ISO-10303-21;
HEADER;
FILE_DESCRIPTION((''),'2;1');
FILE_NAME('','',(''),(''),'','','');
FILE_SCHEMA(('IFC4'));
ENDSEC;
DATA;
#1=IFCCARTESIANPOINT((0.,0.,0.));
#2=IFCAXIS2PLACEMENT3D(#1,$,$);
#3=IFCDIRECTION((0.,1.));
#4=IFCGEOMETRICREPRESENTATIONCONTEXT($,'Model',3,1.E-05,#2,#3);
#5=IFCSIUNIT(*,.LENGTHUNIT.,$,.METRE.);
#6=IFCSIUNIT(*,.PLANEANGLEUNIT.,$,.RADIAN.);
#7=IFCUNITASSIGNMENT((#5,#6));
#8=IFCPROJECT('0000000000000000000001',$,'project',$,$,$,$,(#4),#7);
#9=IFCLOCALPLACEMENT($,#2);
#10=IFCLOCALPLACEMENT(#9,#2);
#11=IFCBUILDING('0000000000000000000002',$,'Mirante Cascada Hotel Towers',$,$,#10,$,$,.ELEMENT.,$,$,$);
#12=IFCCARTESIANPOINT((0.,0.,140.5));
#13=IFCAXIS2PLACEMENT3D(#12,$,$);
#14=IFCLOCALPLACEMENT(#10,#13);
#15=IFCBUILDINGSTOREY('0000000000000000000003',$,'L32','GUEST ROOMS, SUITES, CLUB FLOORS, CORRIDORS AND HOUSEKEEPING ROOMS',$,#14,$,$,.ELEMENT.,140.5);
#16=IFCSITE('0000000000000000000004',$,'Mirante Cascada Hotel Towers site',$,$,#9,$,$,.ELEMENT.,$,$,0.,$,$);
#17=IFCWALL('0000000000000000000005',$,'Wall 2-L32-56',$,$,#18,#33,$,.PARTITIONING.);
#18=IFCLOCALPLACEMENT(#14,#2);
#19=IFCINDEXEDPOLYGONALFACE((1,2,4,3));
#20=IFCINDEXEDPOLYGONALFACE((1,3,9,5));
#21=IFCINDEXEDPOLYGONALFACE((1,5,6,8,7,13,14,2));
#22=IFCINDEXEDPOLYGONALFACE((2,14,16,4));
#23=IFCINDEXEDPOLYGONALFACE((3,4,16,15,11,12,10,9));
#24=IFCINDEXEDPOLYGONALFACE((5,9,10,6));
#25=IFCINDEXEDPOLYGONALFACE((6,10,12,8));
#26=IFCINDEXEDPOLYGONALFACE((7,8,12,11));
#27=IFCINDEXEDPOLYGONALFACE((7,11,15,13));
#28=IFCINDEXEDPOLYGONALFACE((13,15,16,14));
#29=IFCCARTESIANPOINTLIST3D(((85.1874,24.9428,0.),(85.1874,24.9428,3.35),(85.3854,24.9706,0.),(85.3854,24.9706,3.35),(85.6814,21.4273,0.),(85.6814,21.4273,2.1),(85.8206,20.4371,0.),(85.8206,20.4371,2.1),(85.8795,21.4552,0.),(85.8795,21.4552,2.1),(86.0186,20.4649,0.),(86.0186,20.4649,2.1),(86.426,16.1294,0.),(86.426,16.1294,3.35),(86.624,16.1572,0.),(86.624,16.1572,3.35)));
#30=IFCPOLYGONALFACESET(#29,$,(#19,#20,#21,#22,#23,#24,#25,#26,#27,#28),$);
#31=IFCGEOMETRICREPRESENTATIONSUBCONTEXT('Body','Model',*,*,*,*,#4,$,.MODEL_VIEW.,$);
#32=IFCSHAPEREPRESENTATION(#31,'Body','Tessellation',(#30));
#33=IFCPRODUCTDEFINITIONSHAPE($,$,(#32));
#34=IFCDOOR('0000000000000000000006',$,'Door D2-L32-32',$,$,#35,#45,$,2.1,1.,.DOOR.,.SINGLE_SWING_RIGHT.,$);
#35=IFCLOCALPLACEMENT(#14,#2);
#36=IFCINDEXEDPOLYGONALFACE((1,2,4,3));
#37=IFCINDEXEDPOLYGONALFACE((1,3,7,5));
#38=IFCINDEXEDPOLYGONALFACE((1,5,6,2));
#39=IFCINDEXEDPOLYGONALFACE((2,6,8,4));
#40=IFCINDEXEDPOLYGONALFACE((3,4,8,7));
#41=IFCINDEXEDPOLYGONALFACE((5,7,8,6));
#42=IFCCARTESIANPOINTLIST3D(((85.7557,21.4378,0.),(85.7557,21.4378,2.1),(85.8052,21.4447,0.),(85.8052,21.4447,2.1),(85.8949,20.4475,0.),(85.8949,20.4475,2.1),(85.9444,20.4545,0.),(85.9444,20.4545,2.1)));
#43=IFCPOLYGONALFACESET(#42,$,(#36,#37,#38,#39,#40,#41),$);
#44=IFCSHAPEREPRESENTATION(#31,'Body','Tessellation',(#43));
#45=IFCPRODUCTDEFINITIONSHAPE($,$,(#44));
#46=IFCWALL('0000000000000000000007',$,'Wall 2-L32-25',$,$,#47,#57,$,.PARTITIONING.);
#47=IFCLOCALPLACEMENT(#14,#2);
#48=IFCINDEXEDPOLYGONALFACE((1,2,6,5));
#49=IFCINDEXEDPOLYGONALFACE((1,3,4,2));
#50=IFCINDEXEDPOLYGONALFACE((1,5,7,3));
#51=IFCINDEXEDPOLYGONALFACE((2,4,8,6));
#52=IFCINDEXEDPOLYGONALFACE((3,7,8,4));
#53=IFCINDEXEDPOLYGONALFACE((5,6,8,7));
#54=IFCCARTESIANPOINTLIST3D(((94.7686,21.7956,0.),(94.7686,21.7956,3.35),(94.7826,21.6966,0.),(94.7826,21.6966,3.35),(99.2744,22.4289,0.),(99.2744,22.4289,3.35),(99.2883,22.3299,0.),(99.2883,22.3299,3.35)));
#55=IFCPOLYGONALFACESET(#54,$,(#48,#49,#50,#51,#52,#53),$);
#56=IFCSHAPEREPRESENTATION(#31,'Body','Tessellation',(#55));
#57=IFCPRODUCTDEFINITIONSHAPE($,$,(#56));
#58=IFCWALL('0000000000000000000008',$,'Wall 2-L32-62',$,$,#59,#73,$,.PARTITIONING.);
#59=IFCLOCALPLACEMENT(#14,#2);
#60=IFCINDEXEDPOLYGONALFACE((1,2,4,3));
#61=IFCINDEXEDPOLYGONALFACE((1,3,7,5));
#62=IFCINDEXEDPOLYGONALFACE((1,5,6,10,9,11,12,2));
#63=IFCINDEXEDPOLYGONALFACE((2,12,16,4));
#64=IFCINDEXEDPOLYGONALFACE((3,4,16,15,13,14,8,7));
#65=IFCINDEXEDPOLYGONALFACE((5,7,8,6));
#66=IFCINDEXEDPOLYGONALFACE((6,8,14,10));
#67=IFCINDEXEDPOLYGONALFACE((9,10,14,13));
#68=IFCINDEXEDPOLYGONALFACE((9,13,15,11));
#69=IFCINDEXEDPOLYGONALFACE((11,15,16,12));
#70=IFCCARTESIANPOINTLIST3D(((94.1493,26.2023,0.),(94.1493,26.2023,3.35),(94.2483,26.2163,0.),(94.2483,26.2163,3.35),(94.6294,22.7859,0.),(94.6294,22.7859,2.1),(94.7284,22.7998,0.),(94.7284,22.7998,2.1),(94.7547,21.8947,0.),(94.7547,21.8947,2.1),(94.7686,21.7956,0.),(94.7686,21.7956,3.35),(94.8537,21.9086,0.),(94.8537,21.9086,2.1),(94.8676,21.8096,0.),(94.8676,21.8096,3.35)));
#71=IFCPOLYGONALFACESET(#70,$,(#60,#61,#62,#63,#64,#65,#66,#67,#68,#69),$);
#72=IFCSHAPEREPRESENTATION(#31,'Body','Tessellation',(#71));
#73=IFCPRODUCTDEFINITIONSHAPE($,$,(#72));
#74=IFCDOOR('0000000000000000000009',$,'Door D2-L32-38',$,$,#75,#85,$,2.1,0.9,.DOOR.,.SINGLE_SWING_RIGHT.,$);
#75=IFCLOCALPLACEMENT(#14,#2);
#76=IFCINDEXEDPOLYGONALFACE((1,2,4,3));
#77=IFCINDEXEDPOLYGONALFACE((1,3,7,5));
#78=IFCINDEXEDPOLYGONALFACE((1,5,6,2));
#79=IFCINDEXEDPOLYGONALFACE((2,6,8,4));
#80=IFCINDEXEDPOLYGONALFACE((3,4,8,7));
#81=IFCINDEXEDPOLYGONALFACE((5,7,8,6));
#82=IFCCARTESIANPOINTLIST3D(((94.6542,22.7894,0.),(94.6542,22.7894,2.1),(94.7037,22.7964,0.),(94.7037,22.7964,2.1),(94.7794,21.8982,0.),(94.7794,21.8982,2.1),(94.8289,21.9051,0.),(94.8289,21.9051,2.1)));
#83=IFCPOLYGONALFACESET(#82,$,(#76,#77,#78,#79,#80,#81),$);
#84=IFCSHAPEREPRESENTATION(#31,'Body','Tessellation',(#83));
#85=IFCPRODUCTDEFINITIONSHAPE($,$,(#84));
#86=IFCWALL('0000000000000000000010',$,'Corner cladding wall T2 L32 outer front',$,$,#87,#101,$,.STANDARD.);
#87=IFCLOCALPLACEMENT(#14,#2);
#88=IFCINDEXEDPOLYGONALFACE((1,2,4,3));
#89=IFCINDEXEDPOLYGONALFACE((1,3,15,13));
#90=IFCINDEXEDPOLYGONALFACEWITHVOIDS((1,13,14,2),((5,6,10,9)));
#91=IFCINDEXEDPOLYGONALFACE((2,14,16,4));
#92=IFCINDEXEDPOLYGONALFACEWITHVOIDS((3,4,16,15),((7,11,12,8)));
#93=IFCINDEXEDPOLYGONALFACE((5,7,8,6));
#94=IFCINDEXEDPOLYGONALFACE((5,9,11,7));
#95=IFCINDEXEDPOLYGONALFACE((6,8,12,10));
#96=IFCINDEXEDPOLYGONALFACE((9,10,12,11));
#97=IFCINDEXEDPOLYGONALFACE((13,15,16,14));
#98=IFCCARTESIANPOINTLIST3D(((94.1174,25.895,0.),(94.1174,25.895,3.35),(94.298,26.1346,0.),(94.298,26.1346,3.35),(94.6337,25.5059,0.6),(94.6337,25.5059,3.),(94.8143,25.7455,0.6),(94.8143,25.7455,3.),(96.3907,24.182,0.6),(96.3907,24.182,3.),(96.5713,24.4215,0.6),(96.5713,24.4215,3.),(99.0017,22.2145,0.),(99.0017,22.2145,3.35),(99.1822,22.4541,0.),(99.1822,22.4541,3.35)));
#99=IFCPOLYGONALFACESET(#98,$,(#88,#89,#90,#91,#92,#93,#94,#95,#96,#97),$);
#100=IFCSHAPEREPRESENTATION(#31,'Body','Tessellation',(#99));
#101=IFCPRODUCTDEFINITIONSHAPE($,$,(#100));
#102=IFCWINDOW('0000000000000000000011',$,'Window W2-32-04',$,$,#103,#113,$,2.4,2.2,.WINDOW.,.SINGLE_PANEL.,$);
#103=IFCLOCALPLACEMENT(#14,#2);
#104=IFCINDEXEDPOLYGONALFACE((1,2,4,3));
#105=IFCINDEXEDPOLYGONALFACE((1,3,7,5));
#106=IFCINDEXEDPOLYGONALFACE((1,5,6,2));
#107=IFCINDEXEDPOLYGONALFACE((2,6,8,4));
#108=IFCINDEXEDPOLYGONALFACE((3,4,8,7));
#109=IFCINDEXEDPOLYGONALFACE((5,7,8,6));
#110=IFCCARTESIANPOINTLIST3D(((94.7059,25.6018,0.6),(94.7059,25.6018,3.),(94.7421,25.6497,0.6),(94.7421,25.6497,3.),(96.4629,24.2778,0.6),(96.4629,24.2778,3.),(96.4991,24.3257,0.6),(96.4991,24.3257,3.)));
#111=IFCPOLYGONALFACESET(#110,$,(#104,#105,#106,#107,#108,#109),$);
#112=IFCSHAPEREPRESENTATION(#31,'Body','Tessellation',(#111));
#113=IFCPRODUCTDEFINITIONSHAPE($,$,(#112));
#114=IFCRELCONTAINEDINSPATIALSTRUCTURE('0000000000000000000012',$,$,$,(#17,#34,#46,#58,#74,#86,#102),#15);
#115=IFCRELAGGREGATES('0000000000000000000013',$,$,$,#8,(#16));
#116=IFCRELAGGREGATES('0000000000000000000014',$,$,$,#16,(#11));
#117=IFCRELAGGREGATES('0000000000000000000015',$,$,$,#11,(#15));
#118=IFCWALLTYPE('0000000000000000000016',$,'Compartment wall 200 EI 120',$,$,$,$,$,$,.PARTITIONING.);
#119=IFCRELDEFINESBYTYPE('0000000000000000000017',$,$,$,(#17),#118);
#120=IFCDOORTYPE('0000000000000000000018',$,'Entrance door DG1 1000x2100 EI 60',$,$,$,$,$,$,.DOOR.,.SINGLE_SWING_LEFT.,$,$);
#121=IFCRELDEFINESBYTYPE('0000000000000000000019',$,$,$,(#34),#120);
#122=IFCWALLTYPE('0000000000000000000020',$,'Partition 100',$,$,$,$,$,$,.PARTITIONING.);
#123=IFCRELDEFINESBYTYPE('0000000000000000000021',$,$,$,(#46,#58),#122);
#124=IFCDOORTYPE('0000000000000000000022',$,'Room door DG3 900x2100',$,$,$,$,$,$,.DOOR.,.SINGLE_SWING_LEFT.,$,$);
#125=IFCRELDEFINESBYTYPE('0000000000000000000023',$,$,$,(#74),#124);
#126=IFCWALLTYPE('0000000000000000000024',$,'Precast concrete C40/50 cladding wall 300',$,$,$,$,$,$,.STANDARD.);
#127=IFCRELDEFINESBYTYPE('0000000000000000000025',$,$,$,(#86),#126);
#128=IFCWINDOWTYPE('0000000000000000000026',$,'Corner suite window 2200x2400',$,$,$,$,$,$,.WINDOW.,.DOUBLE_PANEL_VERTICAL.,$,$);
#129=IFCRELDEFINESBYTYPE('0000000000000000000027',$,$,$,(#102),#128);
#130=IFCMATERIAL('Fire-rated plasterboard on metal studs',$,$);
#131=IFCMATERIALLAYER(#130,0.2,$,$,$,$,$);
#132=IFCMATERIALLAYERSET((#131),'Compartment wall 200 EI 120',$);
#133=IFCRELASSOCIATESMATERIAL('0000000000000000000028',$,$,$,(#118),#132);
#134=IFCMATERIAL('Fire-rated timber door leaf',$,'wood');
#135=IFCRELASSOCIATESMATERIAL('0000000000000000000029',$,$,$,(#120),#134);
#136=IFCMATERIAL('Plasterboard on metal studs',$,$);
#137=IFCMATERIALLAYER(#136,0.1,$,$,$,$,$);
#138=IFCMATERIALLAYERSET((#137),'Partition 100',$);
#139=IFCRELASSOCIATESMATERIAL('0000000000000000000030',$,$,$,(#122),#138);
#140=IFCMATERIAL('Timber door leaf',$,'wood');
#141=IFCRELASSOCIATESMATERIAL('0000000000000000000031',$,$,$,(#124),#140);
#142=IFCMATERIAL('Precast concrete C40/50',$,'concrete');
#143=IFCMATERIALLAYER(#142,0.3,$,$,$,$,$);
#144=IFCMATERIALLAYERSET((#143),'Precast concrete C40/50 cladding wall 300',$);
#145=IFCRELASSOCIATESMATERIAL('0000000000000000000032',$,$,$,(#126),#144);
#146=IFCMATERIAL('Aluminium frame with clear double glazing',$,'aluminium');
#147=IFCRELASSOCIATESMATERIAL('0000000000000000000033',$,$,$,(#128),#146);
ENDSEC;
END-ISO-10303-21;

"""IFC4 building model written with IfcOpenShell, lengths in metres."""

from ifc_helpers import new_model, si_unit, direction, frame, frame_2d, origin, place, context, subcontext, project, spatial, rectangle, extrude, material, layer, layer_set, type_object, element, fill, save


model = new_model("IFC4")

# Units and contexts
model_context = context("Model", 3, precision=1e-05, world=origin(), true_north=direction((0.0, 1.0)))
body_context = subcontext(model_context, "Body", "Model", "MODEL_VIEW")
ifc_project = project(units=[si_unit("LENGTHUNIT", "METRE"), si_unit("PLANEANGLEUNIT", "RADIAN")], contexts=[model_context])

# Site, building, storey
site_placement = place(None, origin())
site = spatial("IfcSite", under=ifc_project, at=site_placement, Name="Mirante Cascada Hotel Towers site", CompositionType="ELEMENT", RefElevation=0.0)
building_placement = place(site_placement, origin())
building = spatial("IfcBuilding", under=site, at=building_placement, Name="Mirante Cascada Hotel Towers", CompositionType="ELEMENT")
storey_placement = place(building_placement, frame((0.0, 0.0, 140.5)))
storey = spatial("IfcBuildingStorey", under=building, at=storey_placement, Name="L32", Description="GUEST ROOMS, SUITES, CLUB FLOORS, CORRIDORS AND HOUSEKEEPING ROOMS", CompositionType="ELEMENT", Elevation=140.5)

# Shared definitions
ifc_material_1 = material(Name="Fire-rated plasterboard on metal studs")
ifc_layer_1 = layer(ifc_material_1, 0.2)
ifc_layer_set_1 = layer_set([ifc_layer_1], Name="Compartment wall 200 EI 120")
wall_type_1 = type_object("IfcWallType", Name="Compartment wall 200 EI 120", PredefinedType="PARTITIONING", material=ifc_layer_set_1)

# Wall, opening, door
wall_1_placement = place(storey_placement, frame((85.2864, 24.9567, 0.0), z_axis=(0.0, 0.0, 1.0), x_axis=(0.139168, -0.990269, 0.0)))
wall_1 = element("IfcWall", 1, at=wall_1_placement, inside=storey, type_object=wall_type_1, Name="Wall 2-L32-56", PredefinedType="PARTITIONING", context=body_context, shape_type="SweptSolid", body=[
    extrude(rectangle(XDim=8.9, YDim=0.2, at=frame_2d((4.45, 0.0))), origin(), (0.0, 0.0, 1.0), 3.35),
])
opening_1_placement = place(wall_1_placement, frame((3.55, 0.0, 0.0)))
opening_1 = element("IfcOpeningElement", 2, at=opening_1_placement, cuts=wall_1, PredefinedType="OPENING", context=body_context, shape_type="SweptSolid", body=[
    extrude(rectangle(XDim=1.0, YDim=2.1, at=frame_2d((0.5, 1.05))), frame((0.0, 0.1, 0.0), z_axis=(0.0, -1.0, 0.0), x_axis=(1.0, 0.0, 0.0)), (0.0, 0.0, 1.0), 0.2),
])
ifc_material_2 = material(Name="Fire-rated timber door leaf", Category="wood")
door_type_1 = type_object("IfcDoorType", Name="Entrance door DG1 1000x2100 EI 60", OperationType="SINGLE_SWING_LEFT", PredefinedType="DOOR", material=ifc_material_2)
door_1_placement = place(opening_1_placement, frame((1.0, 0.0, 0.0), z_axis=(0.0, 0.0, 1.0), x_axis=(-1.0, 0.0, 0.0)))
door_1 = element("IfcDoor", 3, at=door_1_placement, inside=storey, type_object=door_type_1, Name="Door D2-L32-32", OperationType="SINGLE_SWING_RIGHT", OverallHeight=2.1, OverallWidth=1.0, PredefinedType="DOOR", context=body_context, shape_type="SweptSolid", body=[
    extrude(rectangle(XDim=1.0, YDim=2.1, at=frame_2d((0.5, 1.05))), frame((0.0, 0.025, 0.0), z_axis=(0.0, -1.0, 0.0), x_axis=(1.0, 0.0, 0.0)), (0.0, 0.0, 1.0), 0.05),
])
fill(opening_1, door_1)

# Wall
ifc_material_3 = material(Name="Plasterboard on metal studs")
ifc_layer_2 = layer(ifc_material_3, 0.1)
ifc_layer_set_2 = layer_set([ifc_layer_2], Name="Partition 100")
wall_type_2 = type_object("IfcWallType", Name="Partition 100", PredefinedType="PARTITIONING", material=ifc_layer_set_2)
wall_2_placement = place(storey_placement, frame((94.7756, 21.7461, 0.0), z_axis=(0.0, 0.0, 1.0), x_axis=(0.990266, 0.139187, 0.0)))
element("IfcWall", 4, at=wall_2_placement, inside=storey, type_object=wall_type_2, Name="Wall 2-L32-25", PredefinedType="PARTITIONING", context=body_context, shape_type="SweptSolid", body=[
    extrude(rectangle(XDim=4.55, YDim=0.1, at=frame_2d((2.275, 0.0))), origin(), (0.0, 0.0, 1.0), 3.35),
])

# Wall, opening, door
wall_3_placement = place(storey_placement, frame((94.1988, 26.2093, 0.0), z_axis=(0.0, 0.0, 1.0), x_axis=(0.139168, -0.990269, 0.0)))
wall_3 = element("IfcWall", 5, at=wall_3_placement, inside=storey, type_object=wall_type_2, Name="Wall 2-L32-62", PredefinedType="PARTITIONING", context=body_context, shape_type="SweptSolid", body=[
    extrude(rectangle(XDim=4.45, YDim=0.1, at=frame_2d((2.225, 0.0))), origin(), (0.0, 0.0, 1.0), 3.35),
])
opening_2_placement = place(wall_3_placement, frame((3.45, 0.0, 0.0)))
opening_2 = element("IfcOpeningElement", 6, at=opening_2_placement, cuts=wall_3, PredefinedType="OPENING", context=body_context, shape_type="SweptSolid", body=[
    extrude(rectangle(XDim=0.9, YDim=2.1, at=frame_2d((0.45, 1.05))), frame((0.0, 0.05, 0.0), z_axis=(0.0, -1.0, 0.0), x_axis=(1.0, 0.0, 0.0)), (0.0, 0.0, 1.0), 0.1),
])
ifc_material_4 = material(Name="Timber door leaf", Category="wood")
door_type_2 = type_object("IfcDoorType", Name="Room door DG3 900x2100", OperationType="SINGLE_SWING_LEFT", PredefinedType="DOOR", material=ifc_material_4)
door_2_placement = place(opening_2_placement, frame((0.9, 0.0, 0.0), z_axis=(0.0, 0.0, 1.0), x_axis=(-1.0, 0.0, 0.0)))
door_2 = element("IfcDoor", 7, at=door_2_placement, inside=storey, type_object=door_type_2, Name="Door D2-L32-38", OperationType="SINGLE_SWING_RIGHT", OverallHeight=2.1, OverallWidth=0.9, PredefinedType="DOOR", context=body_context, shape_type="SweptSolid", body=[
    extrude(rectangle(XDim=0.9, YDim=2.1, at=frame_2d((0.45, 1.05))), frame((0.0, 0.025, 0.0), z_axis=(0.0, -1.0, 0.0), x_axis=(1.0, 0.0, 0.0)), (0.0, 0.0, 1.0), 0.05),
])
fill(opening_2, door_2)

# Wall, opening, window
ifc_material_5 = material(Name="Precast concrete C40/50", Category="concrete")
ifc_layer_3 = layer(ifc_material_5, 0.3)
ifc_layer_set_3 = layer_set([ifc_layer_3], Name="Precast concrete C40/50 cladding wall 300")
wall_type_3 = type_object("IfcWallType", Name="Precast concrete C40/50 cladding wall 300", PredefinedType="STANDARD", material=ifc_layer_set_3)
wall_4_placement = place(storey_placement, frame((99.0919, 22.3343, 0.0), z_axis=(0.0, 0.0, 1.0), x_axis=(-0.798636, 0.601814, 0.0)))
wall_4 = element("IfcWall", 8, at=wall_4_placement, inside=storey, type_object=wall_type_3, Name="Corner cladding wall T2 L32 outer front", PredefinedType="STANDARD", context=body_context, shape_type="SweptSolid", body=[
    extrude(rectangle(XDim=6.1157, YDim=0.3, at=frame_2d((3.0578, 0.0))), origin(), (0.0, 0.0, 1.0), 3.35),
])
opening_3_placement = place(wall_4_placement, frame((3.2692, 0.0, 0.6)))
opening_3 = element("IfcOpeningElement", 9, at=opening_3_placement, cuts=wall_4, PredefinedType="OPENING", context=body_context, shape_type="SweptSolid", body=[
    extrude(rectangle(XDim=2.2, YDim=2.4, at=frame_2d((1.1, 1.2))), frame((0.0, 0.15, 0.0), z_axis=(0.0, -1.0, 0.0), x_axis=(1.0, 0.0, 0.0)), (0.0, 0.0, 1.0), 0.3),
])
ifc_material_6 = material(Name="Aluminium frame with clear double glazing", Category="aluminium")
window_type = type_object("IfcWindowType", Name="Corner suite window 2200x2400", PartitioningType="DOUBLE_PANEL_VERTICAL", PredefinedType="WINDOW", material=ifc_material_6)
window_placement = place(opening_3_placement, origin())
window = element("IfcWindow", 10, at=window_placement, inside=storey, type_object=window_type, Name="Window W2-32-04", OverallHeight=2.4, OverallWidth=2.2, PartitioningType="SINGLE_PANEL", PredefinedType="WINDOW", context=body_context, shape_type="SweptSolid", body=[
    extrude(rectangle(XDim=2.2, YDim=2.4, at=frame_2d((1.1, 1.2))), frame((0.0, 0.03, 0.0), z_axis=(0.0, -1.0, 0.0), x_axis=(1.0, 0.0, 0.0)), (0.0, 0.0, 1.0), 0.06),
])
fill(opening_3, window)

save(model, "model.ifc")
